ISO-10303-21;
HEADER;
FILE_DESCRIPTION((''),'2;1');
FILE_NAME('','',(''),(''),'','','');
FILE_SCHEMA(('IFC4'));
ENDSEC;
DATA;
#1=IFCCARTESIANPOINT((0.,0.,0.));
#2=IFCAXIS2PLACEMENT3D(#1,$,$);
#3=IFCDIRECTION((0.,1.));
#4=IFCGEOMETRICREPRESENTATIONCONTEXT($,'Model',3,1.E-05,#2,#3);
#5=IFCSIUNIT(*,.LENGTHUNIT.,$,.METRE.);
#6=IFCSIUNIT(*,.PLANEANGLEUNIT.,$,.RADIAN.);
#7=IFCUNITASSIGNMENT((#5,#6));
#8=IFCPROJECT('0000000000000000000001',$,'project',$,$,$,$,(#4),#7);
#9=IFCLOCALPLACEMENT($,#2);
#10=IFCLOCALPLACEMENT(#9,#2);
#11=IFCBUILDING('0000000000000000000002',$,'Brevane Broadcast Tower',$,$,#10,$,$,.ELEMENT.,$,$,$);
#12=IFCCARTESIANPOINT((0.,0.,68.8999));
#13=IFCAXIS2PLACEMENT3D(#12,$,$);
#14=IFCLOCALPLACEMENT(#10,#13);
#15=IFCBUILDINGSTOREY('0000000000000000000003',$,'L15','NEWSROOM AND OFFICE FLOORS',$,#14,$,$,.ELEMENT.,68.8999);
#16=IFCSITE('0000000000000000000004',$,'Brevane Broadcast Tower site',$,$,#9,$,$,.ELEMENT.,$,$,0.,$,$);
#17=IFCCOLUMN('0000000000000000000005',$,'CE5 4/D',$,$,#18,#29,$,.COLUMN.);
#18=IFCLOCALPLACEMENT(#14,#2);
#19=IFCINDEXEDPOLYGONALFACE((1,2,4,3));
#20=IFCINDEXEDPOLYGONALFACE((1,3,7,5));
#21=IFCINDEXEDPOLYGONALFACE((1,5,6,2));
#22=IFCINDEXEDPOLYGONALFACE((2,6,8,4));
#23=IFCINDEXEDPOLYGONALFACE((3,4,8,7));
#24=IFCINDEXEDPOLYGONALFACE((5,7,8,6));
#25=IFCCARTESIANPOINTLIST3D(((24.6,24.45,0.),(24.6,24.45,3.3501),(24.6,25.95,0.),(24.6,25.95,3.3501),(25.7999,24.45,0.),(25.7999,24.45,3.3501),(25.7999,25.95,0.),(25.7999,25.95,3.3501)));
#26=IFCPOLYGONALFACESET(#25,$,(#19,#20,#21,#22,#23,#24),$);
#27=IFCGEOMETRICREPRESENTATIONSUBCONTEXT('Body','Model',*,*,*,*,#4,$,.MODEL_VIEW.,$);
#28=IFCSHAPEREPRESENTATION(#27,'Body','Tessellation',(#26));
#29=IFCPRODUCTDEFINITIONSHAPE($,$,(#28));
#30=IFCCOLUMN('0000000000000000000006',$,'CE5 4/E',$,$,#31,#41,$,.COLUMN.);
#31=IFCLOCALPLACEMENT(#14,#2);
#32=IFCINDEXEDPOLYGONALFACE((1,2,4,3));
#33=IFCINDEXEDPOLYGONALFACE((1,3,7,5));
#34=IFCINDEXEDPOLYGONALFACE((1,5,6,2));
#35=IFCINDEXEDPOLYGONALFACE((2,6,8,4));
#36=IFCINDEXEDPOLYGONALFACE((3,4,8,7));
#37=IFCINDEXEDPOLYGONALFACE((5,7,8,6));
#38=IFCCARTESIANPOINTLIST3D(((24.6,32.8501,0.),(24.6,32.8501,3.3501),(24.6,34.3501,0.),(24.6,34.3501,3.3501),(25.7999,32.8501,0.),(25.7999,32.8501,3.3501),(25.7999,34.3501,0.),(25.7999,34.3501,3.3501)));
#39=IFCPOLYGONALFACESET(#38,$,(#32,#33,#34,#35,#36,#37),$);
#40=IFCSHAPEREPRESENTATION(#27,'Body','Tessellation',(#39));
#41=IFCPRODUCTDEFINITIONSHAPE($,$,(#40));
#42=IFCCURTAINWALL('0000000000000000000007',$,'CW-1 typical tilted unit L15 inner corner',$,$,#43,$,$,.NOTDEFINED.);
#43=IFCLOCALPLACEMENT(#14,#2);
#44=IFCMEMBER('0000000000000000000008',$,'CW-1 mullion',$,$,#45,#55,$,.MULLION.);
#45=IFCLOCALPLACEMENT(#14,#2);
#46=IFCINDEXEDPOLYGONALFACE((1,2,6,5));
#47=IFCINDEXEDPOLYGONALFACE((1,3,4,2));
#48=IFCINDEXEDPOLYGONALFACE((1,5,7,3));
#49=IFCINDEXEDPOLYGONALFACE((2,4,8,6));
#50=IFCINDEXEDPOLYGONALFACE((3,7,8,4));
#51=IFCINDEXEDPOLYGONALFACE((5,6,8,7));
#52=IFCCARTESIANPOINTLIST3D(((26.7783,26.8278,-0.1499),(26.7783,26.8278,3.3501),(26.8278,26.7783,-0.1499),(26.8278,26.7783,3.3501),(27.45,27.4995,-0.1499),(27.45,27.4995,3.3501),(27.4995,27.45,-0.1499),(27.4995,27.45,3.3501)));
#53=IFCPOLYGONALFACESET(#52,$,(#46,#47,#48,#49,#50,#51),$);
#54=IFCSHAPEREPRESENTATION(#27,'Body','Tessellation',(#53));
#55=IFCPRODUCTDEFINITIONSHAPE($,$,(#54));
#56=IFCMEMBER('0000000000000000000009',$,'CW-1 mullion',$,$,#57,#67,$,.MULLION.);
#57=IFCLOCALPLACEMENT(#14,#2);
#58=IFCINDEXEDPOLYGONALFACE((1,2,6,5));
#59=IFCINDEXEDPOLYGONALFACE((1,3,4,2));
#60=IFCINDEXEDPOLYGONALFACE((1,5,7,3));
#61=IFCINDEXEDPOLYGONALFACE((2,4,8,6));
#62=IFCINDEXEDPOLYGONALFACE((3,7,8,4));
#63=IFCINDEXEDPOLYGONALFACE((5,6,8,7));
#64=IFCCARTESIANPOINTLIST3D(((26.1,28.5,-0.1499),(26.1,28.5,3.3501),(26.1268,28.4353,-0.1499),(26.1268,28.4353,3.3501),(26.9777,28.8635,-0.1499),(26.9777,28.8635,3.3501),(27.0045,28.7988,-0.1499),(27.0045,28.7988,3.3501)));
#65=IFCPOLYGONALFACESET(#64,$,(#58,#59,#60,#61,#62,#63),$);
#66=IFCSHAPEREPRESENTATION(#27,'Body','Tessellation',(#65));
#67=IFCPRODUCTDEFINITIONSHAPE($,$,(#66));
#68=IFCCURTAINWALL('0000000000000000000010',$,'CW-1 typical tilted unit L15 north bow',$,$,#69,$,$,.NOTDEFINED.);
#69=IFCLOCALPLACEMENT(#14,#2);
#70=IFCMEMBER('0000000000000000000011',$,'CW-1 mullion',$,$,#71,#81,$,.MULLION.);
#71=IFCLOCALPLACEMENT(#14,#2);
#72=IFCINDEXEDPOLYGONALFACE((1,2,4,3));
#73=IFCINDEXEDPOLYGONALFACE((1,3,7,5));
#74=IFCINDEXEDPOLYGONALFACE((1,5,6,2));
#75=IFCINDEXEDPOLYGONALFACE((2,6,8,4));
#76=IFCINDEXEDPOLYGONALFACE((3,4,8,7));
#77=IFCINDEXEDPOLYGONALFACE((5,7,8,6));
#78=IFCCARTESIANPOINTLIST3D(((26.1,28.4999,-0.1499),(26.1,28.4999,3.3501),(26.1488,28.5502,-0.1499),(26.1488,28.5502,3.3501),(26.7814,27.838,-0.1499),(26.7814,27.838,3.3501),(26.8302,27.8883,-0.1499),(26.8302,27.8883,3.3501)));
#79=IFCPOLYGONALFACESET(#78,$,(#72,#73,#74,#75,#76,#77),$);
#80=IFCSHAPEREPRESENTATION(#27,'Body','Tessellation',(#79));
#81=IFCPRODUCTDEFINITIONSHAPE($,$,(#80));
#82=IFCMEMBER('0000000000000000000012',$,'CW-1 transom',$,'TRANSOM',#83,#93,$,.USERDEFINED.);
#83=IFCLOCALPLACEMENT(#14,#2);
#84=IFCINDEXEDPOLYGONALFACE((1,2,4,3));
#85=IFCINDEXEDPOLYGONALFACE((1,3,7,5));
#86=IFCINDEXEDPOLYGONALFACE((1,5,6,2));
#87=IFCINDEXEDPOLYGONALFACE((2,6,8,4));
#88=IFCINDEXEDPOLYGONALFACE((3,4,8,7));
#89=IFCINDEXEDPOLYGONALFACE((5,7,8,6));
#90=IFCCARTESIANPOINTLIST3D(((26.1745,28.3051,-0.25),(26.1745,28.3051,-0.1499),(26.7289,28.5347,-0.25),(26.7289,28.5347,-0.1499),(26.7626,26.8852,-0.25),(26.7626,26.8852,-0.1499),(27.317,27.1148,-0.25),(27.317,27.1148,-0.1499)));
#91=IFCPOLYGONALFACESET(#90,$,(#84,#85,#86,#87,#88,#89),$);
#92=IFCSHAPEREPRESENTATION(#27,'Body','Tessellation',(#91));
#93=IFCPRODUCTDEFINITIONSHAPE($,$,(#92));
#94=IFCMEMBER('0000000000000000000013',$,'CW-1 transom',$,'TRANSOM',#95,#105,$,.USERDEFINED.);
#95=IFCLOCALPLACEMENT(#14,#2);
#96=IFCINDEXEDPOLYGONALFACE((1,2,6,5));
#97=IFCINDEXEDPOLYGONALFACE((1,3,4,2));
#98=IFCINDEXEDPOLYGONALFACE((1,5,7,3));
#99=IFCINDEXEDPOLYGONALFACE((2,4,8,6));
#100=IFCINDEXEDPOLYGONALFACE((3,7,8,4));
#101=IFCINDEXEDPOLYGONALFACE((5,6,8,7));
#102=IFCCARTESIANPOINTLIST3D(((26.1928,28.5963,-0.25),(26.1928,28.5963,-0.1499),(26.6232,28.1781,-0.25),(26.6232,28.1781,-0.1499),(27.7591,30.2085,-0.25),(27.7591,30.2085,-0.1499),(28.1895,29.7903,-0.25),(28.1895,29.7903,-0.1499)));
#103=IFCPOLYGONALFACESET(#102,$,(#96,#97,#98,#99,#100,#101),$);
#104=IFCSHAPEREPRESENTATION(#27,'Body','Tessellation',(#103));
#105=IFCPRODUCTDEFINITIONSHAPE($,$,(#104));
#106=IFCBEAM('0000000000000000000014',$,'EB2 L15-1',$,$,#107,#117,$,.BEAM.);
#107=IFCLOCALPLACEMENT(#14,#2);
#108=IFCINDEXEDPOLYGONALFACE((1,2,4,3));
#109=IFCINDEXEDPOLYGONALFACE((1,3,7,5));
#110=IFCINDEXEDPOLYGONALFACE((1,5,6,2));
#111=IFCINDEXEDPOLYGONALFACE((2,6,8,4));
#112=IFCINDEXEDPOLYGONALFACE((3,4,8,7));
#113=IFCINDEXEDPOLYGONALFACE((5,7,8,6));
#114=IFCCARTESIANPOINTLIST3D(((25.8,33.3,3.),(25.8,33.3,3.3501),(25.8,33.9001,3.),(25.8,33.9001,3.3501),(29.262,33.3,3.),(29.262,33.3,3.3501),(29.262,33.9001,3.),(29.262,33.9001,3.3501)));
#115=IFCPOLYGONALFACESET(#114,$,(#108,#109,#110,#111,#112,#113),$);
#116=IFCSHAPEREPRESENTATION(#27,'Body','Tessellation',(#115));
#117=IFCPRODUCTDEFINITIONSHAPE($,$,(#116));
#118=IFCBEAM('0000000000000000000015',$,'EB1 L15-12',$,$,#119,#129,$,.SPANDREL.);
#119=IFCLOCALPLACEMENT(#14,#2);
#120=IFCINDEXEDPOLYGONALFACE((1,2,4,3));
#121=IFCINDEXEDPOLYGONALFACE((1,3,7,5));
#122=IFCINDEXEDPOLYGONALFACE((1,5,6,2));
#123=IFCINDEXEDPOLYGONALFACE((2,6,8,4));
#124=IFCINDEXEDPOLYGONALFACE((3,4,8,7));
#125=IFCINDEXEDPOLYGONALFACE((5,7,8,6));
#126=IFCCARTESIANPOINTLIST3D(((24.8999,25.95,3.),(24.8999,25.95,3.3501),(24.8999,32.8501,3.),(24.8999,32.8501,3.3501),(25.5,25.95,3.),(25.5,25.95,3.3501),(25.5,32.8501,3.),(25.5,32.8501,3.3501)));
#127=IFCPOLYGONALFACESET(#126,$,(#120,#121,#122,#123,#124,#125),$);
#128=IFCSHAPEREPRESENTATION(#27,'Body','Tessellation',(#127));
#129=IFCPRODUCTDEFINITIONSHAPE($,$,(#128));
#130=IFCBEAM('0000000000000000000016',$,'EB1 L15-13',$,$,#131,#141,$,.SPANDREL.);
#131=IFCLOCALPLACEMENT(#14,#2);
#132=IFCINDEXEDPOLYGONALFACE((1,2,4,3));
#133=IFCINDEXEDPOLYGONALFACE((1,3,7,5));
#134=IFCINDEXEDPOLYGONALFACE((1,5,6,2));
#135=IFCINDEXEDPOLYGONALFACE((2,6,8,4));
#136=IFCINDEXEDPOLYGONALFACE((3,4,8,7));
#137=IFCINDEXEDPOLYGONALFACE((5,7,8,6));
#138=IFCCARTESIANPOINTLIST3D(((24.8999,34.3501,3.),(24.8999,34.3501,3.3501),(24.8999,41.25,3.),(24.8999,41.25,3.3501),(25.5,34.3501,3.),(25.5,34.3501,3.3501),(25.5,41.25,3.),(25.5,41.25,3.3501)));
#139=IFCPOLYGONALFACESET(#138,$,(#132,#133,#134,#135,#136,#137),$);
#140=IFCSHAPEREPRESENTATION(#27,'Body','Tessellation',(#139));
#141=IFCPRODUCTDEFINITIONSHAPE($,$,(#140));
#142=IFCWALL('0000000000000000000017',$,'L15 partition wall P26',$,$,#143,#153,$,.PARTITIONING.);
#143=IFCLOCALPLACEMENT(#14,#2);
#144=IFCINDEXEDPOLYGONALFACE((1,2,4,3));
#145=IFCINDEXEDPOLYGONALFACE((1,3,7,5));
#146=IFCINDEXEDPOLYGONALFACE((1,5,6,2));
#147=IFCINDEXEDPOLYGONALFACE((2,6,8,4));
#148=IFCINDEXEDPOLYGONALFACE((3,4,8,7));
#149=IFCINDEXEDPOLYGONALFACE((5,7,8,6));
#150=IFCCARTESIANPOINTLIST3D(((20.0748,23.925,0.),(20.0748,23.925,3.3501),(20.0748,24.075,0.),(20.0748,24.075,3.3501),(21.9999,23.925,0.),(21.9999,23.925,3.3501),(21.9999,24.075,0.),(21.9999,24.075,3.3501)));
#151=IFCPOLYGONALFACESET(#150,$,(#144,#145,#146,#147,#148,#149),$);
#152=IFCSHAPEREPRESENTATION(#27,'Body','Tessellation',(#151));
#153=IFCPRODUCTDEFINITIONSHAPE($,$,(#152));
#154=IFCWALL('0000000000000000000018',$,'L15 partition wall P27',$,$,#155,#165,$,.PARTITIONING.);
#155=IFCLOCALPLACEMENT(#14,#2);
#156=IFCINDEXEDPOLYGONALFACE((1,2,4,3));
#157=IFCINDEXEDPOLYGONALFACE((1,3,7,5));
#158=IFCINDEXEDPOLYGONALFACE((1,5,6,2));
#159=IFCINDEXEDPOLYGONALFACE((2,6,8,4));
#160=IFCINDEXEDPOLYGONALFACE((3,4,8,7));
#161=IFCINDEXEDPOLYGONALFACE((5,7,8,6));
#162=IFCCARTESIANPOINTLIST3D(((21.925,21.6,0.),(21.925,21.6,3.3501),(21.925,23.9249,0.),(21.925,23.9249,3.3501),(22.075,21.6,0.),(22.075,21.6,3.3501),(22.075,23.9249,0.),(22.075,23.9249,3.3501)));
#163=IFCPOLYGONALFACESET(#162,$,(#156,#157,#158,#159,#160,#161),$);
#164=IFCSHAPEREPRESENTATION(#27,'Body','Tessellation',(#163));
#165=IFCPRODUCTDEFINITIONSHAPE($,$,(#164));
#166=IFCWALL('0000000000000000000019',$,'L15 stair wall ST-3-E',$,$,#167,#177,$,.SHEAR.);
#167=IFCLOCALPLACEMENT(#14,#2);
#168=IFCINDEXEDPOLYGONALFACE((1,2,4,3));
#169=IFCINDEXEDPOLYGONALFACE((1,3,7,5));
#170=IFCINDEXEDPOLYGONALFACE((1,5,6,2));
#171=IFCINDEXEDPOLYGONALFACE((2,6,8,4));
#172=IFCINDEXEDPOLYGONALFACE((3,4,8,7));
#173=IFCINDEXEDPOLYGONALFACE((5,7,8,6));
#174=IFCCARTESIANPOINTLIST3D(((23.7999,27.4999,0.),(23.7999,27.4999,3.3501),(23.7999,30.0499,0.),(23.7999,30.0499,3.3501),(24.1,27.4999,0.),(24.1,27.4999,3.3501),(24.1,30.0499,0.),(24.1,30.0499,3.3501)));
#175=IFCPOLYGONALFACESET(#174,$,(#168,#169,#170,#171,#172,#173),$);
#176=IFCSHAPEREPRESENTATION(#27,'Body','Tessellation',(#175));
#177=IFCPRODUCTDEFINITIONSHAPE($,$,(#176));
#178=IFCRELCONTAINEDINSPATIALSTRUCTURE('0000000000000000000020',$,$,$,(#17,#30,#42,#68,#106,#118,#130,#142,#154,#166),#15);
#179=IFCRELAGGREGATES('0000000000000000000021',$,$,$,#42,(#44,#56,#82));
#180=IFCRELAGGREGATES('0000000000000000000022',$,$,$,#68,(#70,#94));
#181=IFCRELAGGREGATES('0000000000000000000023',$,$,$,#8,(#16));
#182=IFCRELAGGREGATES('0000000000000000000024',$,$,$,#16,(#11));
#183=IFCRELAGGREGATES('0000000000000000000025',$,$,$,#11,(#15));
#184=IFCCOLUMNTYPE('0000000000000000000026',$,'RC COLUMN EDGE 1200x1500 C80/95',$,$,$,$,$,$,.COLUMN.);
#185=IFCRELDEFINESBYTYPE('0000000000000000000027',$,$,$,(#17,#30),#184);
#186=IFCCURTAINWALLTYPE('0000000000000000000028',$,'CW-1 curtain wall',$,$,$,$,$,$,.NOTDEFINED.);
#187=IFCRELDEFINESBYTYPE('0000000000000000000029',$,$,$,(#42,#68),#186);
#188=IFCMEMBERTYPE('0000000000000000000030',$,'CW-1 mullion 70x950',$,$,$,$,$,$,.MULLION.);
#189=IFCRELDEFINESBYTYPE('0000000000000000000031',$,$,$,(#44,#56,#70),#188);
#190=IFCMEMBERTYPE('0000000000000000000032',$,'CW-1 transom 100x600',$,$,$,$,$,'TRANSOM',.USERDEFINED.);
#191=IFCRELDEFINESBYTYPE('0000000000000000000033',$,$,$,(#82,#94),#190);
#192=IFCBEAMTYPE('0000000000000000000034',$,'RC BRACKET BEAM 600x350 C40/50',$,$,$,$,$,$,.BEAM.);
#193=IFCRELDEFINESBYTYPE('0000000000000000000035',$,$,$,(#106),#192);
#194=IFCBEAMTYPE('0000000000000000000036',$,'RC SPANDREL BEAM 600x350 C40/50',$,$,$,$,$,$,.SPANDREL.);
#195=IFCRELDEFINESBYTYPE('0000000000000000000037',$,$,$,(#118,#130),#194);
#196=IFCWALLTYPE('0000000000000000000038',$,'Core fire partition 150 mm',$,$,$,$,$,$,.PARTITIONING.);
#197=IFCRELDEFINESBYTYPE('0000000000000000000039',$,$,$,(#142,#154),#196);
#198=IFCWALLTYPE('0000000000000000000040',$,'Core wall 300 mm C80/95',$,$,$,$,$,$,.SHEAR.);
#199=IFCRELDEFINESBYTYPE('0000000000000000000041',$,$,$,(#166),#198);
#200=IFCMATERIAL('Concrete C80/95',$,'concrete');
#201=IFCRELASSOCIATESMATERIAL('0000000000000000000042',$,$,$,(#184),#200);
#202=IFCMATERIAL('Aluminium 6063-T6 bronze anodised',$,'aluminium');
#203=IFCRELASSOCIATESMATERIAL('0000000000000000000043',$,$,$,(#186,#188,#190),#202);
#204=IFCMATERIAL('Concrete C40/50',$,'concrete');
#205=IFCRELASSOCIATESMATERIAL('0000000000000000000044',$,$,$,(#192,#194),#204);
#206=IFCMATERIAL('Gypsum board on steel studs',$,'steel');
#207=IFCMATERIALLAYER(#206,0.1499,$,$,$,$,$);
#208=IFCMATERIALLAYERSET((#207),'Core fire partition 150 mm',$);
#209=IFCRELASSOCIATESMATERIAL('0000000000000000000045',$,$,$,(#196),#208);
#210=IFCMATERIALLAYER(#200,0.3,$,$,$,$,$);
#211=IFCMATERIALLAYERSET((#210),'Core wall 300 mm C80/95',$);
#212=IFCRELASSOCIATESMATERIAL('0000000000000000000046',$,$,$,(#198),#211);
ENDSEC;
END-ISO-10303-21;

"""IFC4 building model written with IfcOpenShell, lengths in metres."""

from ifc_helpers import new_model, si_unit, direction, frame, frame_2d, origin, origin_2d, place, context, subcontext, project, spatial, rectangle, extrude, material, layer, layer_set, material_profile, profile_set, type_object, element, aggregate, save


model = new_model("IFC4")

# Units and contexts
model_context = context("Model", 3, precision=1e-05, world=origin(), true_north=direction((0.0, 1.0)))
body_context = subcontext(model_context, "Body", "Model", "MODEL_VIEW")
ifc_project = project(units=[si_unit("LENGTHUNIT", "METRE"), si_unit("PLANEANGLEUNIT", "RADIAN")], contexts=[model_context])

# Site, building, storey
site_placement = place(None, origin())
site = spatial("IfcSite", under=ifc_project, at=site_placement, Name="Brevane Broadcast Tower site", CompositionType="ELEMENT", RefElevation=0.0)
building_placement = place(site_placement, origin())
building = spatial("IfcBuilding", under=site, at=building_placement, Name="Brevane Broadcast Tower", CompositionType="ELEMENT")
storey_placement = place(building_placement, frame((0.0, 0.0, 68.8999)))
storey = spatial("IfcBuildingStorey", under=building, at=storey_placement, Name="L15", Description="NEWSROOM AND OFFICE FLOORS", CompositionType="ELEMENT", Elevation=68.8999)

# Columns
ifc_material_1 = material(Name="Concrete C80/95", Category="concrete")
ifc_material_profile_1 = material_profile(ifc_material_1, rectangle(XDim=1.2, YDim=1.5, at=origin_2d()), Name="RC 1200x1500")
ifc_profile_set_1 = profile_set([ifc_material_profile_1], Name="Concrete C80/95")
column_type = type_object("IfcColumnType", Name="RC COLUMN EDGE 1200x1500 C80/95", PredefinedType="COLUMN", material=ifc_profile_set_1)
for number, where, z_axis, x_axis, name in (
    (1, (25.2, 25.2, 0.0), (0.0, 0.0, 1.0), (1.0, 0.0, 0.0), "CE5 4/D"),
    (2, (25.2, 33.6001, 0.0), (0.0, 0.0, 1.0), (1.0, 0.0, 0.0), "CE5 4/E"),
):
    element("IfcColumn", number, at=place(storey_placement, frame(where, z_axis=z_axis, x_axis=x_axis)), inside=storey, type_object=column_type, Name=name, PredefinedType="COLUMN", context=body_context, shape_type="SweptSolid", body=[
        extrude(rectangle(XDim=1.2, YDim=1.5, at=origin_2d()), origin(), (0.0, 0.0, 1.0), 3.3501),
    ])

# Curtain wall, members
ifc_material_2 = material(Name="Aluminium 6063-T6 bronze anodised", Category="aluminium")
curtain_wall_type = type_object("IfcCurtainWallType", Name="CW-1 curtain wall", PredefinedType="NOTDEFINED", material=ifc_material_2)
curtain_wall_1_placement = place(storey_placement, origin())
curtain_wall_1 = element("IfcCurtainWall", 3, at=curtain_wall_1_placement, inside=storey, type_object=curtain_wall_type, Name="CW-1 typical tilted unit L15 inner corner", PredefinedType="NOTDEFINED")
ifc_material_profile_2 = material_profile(ifc_material_2, rectangle(XDim=0.95, YDim=0.0701, at=origin_2d()), Name="RECT 70x950")
ifc_profile_set_2 = profile_set([ifc_material_profile_2], Name="Aluminium 6063-T6 bronze anodised")
member_type_1 = type_object("IfcMemberType", Name="CW-1 mullion 70x950", PredefinedType="MULLION", material=ifc_profile_set_2)
member_1_placement = place(storey_placement, frame((27.1389, 27.1389, -0.1499), z_axis=(0.0, 0.0, 1.0), x_axis=(-0.707107, -0.707107, 0.0)))
member_1 = element("IfcMember", 4, at=member_1_placement, type_object=member_type_1, Name="CW-1 mullion", PredefinedType="MULLION", context=body_context, shape_type="SweptSolid", body=[
    extrude(rectangle(XDim=0.95, YDim=0.0701, at=origin_2d()), origin(), (0.0, 0.0, 1.0), 3.5),
])
member_2_placement = place(storey_placement, frame((26.5522, 28.6494, -0.1499), z_axis=(0.0, 0.0, 1.0), x_axis=(-0.923879, -0.382684, 0.0)))
member_2 = element("IfcMember", 5, at=member_2_placement, type_object=member_type_1, Name="CW-1 mullion", PredefinedType="MULLION", context=body_context, shape_type="SweptSolid", body=[
    extrude(rectangle(XDim=0.95, YDim=0.0701, at=origin_2d()), origin(), (0.0, 0.0, 1.0), 3.5),
])

# Curtain wall, member
curtain_wall_2_placement = place(storey_placement, origin())
curtain_wall_2 = element("IfcCurtainWall", 6, at=curtain_wall_2_placement, inside=storey, type_object=curtain_wall_type, Name="CW-1 typical tilted unit L15 north bow", PredefinedType="NOTDEFINED")
member_3_placement = place(storey_placement, frame((26.4651, 28.1941, -0.1499), z_axis=(0.0, 0.0, 1.0), x_axis=(-0.717254, 0.696812, 0.0)))
member_3 = element("IfcMember", 7, at=member_3_placement, type_object=member_type_1, Name="CW-1 mullion", PredefinedType="MULLION", context=body_context, shape_type="SweptSolid", body=[
    extrude(rectangle(XDim=0.95, YDim=0.0701, at=origin_2d()), origin(), (0.0, 0.0, 1.0), 3.5),
])

# Members
ifc_material_profile_3 = material_profile(ifc_material_2, rectangle(XDim=0.6001, YDim=0.1001, at=origin_2d()), Name="RECT 100x600")
ifc_profile_set_3 = profile_set([ifc_material_profile_3], Name="Aluminium 6063-T6 bronze anodised")
member_type_2 = type_object("IfcMemberType", Name="CW-1 transom 100x600", ElementType="TRANSOM", PredefinedType="USERDEFINED", material=ifc_profile_set_3)
member_4_placement = place(storey_placement, frame((27.0398, 27.0, -0.2), z_axis=(-0.382674, 0.923883, 0.0), x_axis=(-0.923883, -0.382674, 0.0)))
member_4 = element("IfcMember", 8, at=member_4_placement, type_object=member_type_2, Name="CW-1 transom", ObjectType="TRANSOM", PredefinedType="USERDEFINED", context=body_context, shape_type="SweptSolid", body=[
    extrude(rectangle(XDim=0.6001, YDim=0.1001, at=origin_2d()), origin(), (0.0, 0.0, 1.0), 1.5369),
])
aggregate(curtain_wall_1, [member_1, member_2, member_4])
member_5_placement = place(storey_placement, frame((26.408, 28.3872, -0.2), z_axis=(0.696824, 0.717242, 0.0), x_axis=(-0.717242, 0.696824, 0.0)))
member_5 = element("IfcMember", 9, at=member_5_placement, type_object=member_type_2, Name="CW-1 transom", ObjectType="TRANSOM", PredefinedType="USERDEFINED", context=body_context, shape_type="SweptSolid", body=[
    extrude(rectangle(XDim=0.6001, YDim=0.1001, at=origin_2d()), origin(), (0.0, 0.0, 1.0), 2.2478),
])
aggregate(curtain_wall_2, [member_3, member_5])

# Beams
ifc_material_3 = material(Name="Concrete C40/50", Category="concrete")
ifc_material_profile_4 = material_profile(ifc_material_3, rectangle(XDim=0.6001, YDim=0.3501, at=origin_2d()), Name="RC 600x350")
ifc_profile_set_4 = profile_set([ifc_material_profile_4], Name="Concrete C40/50")
beam_type_1 = type_object("IfcBeamType", Name="RC BRACKET BEAM 600x350 C40/50", PredefinedType="BEAM", material=ifc_profile_set_4)
beam_1_placement = place(storey_placement, frame((25.8, 33.6001, 3.175), z_axis=(1.0, 0.0, 0.0), x_axis=(0.0, 1.0, 0.0)))
element("IfcBeam", 10, at=beam_1_placement, inside=storey, type_object=beam_type_1, Name="EB2 L15-1", PredefinedType="BEAM", context=body_context, shape_type="SweptSolid", body=[
    extrude(rectangle(XDim=0.6001, YDim=0.3501, at=origin_2d()), origin(), (0.0, 0.0, 1.0), 3.4619),
])
ifc_material_profile_5 = material_profile(ifc_material_3, rectangle(XDim=0.6001, YDim=0.3501, at=origin_2d()), Name="RC 600x350")
ifc_profile_set_5 = profile_set([ifc_material_profile_5], Name="Concrete C40/50")
beam_type_2 = type_object("IfcBeamType", Name="RC SPANDREL BEAM 600x350 C40/50", PredefinedType="SPANDREL", material=ifc_profile_set_5)
beam_2_placement = place(storey_placement, frame((25.2, 25.95, 3.175), z_axis=(0.0, 1.0, 0.0), x_axis=(-1.0, 0.0, 0.0)))
element("IfcBeam", 11, at=beam_2_placement, inside=storey, type_object=beam_type_2, Name="EB1 L15-12", PredefinedType="SPANDREL", context=body_context, shape_type="SweptSolid", body=[
    extrude(rectangle(XDim=0.6001, YDim=0.3501, at=origin_2d()), origin(), (0.0, 0.0, 1.0), 6.9001),
])
beam_3_placement = place(storey_placement, frame((25.2, 34.3501, 3.175), z_axis=(0.0, 1.0, 0.0), x_axis=(-1.0, 0.0, 0.0)))
element("IfcBeam", 12, at=beam_3_placement, inside=storey, type_object=beam_type_2, Name="EB1 L15-13", PredefinedType="SPANDREL", context=body_context, shape_type="SweptSolid", body=[
    extrude(rectangle(XDim=0.6001, YDim=0.3501, at=origin_2d()), origin(), (0.0, 0.0, 1.0), 6.8999),
])

# Walls
ifc_material_4 = material(Name="Gypsum board on steel studs", Category="steel")
ifc_layer_1 = layer(ifc_material_4, 0.1499)
ifc_layer_set_1 = layer_set([ifc_layer_1], Name="Core fire partition 150 mm")
wall_type_1 = type_object("IfcWallType", Name="Core fire partition 150 mm", PredefinedType="PARTITIONING", material=ifc_layer_set_1)
wall_1_placement = place(storey_placement, frame((20.075, 24.0, 0.0), z_axis=(0.0, 0.0, 1.0), x_axis=(1.0, 0.0, 0.0)))
element("IfcWall", 13, at=wall_1_placement, inside=storey, type_object=wall_type_1, Name="L15 partition wall P26", PredefinedType="PARTITIONING", context=body_context, shape_type="SweptSolid", body=[
    extrude(rectangle(XDim=1.925, YDim=0.1499, at=frame_2d((0.9624, 0.0))), origin(), (0.0, 0.0, 1.0), 3.3501),
])
wall_2_placement = place(storey_placement, frame((22.0, 23.925, 0.0), z_axis=(0.0, 0.0, 1.0), x_axis=(0.0, -1.0, 0.0)))
element("IfcWall", 14, at=wall_2_placement, inside=storey, type_object=wall_type_1, Name="L15 partition wall P27", PredefinedType="PARTITIONING", context=body_context, shape_type="SweptSolid", body=[
    extrude(rectangle(XDim=2.325, YDim=0.1499, at=frame_2d((1.1626, 0.0))), origin(), (0.0, 0.0, 1.0), 3.3501),
])
ifc_layer_2 = layer(ifc_material_1, 0.3)
ifc_layer_set_2 = layer_set([ifc_layer_2], Name="Core wall 300 mm C80/95")
wall_type_2 = type_object("IfcWallType", Name="Core wall 300 mm C80/95", PredefinedType="SHEAR", material=ifc_layer_set_2)
wall_3_placement = place(storey_placement, frame((23.95, 27.5, 0.0), z_axis=(0.0, 0.0, 1.0), x_axis=(0.0, 1.0, 0.0)))
element("IfcWall", 15, at=wall_3_placement, inside=storey, type_object=wall_type_2, Name="L15 stair wall ST-3-E", PredefinedType="SHEAR", context=body_context, shape_type="SweptSolid", body=[
    extrude(rectangle(XDim=2.55, YDim=0.3, at=frame_2d((1.2749, 0.0))), origin(), (0.0, 0.0, 1.0), 3.3501),
])

save(model, "model.ifc")
